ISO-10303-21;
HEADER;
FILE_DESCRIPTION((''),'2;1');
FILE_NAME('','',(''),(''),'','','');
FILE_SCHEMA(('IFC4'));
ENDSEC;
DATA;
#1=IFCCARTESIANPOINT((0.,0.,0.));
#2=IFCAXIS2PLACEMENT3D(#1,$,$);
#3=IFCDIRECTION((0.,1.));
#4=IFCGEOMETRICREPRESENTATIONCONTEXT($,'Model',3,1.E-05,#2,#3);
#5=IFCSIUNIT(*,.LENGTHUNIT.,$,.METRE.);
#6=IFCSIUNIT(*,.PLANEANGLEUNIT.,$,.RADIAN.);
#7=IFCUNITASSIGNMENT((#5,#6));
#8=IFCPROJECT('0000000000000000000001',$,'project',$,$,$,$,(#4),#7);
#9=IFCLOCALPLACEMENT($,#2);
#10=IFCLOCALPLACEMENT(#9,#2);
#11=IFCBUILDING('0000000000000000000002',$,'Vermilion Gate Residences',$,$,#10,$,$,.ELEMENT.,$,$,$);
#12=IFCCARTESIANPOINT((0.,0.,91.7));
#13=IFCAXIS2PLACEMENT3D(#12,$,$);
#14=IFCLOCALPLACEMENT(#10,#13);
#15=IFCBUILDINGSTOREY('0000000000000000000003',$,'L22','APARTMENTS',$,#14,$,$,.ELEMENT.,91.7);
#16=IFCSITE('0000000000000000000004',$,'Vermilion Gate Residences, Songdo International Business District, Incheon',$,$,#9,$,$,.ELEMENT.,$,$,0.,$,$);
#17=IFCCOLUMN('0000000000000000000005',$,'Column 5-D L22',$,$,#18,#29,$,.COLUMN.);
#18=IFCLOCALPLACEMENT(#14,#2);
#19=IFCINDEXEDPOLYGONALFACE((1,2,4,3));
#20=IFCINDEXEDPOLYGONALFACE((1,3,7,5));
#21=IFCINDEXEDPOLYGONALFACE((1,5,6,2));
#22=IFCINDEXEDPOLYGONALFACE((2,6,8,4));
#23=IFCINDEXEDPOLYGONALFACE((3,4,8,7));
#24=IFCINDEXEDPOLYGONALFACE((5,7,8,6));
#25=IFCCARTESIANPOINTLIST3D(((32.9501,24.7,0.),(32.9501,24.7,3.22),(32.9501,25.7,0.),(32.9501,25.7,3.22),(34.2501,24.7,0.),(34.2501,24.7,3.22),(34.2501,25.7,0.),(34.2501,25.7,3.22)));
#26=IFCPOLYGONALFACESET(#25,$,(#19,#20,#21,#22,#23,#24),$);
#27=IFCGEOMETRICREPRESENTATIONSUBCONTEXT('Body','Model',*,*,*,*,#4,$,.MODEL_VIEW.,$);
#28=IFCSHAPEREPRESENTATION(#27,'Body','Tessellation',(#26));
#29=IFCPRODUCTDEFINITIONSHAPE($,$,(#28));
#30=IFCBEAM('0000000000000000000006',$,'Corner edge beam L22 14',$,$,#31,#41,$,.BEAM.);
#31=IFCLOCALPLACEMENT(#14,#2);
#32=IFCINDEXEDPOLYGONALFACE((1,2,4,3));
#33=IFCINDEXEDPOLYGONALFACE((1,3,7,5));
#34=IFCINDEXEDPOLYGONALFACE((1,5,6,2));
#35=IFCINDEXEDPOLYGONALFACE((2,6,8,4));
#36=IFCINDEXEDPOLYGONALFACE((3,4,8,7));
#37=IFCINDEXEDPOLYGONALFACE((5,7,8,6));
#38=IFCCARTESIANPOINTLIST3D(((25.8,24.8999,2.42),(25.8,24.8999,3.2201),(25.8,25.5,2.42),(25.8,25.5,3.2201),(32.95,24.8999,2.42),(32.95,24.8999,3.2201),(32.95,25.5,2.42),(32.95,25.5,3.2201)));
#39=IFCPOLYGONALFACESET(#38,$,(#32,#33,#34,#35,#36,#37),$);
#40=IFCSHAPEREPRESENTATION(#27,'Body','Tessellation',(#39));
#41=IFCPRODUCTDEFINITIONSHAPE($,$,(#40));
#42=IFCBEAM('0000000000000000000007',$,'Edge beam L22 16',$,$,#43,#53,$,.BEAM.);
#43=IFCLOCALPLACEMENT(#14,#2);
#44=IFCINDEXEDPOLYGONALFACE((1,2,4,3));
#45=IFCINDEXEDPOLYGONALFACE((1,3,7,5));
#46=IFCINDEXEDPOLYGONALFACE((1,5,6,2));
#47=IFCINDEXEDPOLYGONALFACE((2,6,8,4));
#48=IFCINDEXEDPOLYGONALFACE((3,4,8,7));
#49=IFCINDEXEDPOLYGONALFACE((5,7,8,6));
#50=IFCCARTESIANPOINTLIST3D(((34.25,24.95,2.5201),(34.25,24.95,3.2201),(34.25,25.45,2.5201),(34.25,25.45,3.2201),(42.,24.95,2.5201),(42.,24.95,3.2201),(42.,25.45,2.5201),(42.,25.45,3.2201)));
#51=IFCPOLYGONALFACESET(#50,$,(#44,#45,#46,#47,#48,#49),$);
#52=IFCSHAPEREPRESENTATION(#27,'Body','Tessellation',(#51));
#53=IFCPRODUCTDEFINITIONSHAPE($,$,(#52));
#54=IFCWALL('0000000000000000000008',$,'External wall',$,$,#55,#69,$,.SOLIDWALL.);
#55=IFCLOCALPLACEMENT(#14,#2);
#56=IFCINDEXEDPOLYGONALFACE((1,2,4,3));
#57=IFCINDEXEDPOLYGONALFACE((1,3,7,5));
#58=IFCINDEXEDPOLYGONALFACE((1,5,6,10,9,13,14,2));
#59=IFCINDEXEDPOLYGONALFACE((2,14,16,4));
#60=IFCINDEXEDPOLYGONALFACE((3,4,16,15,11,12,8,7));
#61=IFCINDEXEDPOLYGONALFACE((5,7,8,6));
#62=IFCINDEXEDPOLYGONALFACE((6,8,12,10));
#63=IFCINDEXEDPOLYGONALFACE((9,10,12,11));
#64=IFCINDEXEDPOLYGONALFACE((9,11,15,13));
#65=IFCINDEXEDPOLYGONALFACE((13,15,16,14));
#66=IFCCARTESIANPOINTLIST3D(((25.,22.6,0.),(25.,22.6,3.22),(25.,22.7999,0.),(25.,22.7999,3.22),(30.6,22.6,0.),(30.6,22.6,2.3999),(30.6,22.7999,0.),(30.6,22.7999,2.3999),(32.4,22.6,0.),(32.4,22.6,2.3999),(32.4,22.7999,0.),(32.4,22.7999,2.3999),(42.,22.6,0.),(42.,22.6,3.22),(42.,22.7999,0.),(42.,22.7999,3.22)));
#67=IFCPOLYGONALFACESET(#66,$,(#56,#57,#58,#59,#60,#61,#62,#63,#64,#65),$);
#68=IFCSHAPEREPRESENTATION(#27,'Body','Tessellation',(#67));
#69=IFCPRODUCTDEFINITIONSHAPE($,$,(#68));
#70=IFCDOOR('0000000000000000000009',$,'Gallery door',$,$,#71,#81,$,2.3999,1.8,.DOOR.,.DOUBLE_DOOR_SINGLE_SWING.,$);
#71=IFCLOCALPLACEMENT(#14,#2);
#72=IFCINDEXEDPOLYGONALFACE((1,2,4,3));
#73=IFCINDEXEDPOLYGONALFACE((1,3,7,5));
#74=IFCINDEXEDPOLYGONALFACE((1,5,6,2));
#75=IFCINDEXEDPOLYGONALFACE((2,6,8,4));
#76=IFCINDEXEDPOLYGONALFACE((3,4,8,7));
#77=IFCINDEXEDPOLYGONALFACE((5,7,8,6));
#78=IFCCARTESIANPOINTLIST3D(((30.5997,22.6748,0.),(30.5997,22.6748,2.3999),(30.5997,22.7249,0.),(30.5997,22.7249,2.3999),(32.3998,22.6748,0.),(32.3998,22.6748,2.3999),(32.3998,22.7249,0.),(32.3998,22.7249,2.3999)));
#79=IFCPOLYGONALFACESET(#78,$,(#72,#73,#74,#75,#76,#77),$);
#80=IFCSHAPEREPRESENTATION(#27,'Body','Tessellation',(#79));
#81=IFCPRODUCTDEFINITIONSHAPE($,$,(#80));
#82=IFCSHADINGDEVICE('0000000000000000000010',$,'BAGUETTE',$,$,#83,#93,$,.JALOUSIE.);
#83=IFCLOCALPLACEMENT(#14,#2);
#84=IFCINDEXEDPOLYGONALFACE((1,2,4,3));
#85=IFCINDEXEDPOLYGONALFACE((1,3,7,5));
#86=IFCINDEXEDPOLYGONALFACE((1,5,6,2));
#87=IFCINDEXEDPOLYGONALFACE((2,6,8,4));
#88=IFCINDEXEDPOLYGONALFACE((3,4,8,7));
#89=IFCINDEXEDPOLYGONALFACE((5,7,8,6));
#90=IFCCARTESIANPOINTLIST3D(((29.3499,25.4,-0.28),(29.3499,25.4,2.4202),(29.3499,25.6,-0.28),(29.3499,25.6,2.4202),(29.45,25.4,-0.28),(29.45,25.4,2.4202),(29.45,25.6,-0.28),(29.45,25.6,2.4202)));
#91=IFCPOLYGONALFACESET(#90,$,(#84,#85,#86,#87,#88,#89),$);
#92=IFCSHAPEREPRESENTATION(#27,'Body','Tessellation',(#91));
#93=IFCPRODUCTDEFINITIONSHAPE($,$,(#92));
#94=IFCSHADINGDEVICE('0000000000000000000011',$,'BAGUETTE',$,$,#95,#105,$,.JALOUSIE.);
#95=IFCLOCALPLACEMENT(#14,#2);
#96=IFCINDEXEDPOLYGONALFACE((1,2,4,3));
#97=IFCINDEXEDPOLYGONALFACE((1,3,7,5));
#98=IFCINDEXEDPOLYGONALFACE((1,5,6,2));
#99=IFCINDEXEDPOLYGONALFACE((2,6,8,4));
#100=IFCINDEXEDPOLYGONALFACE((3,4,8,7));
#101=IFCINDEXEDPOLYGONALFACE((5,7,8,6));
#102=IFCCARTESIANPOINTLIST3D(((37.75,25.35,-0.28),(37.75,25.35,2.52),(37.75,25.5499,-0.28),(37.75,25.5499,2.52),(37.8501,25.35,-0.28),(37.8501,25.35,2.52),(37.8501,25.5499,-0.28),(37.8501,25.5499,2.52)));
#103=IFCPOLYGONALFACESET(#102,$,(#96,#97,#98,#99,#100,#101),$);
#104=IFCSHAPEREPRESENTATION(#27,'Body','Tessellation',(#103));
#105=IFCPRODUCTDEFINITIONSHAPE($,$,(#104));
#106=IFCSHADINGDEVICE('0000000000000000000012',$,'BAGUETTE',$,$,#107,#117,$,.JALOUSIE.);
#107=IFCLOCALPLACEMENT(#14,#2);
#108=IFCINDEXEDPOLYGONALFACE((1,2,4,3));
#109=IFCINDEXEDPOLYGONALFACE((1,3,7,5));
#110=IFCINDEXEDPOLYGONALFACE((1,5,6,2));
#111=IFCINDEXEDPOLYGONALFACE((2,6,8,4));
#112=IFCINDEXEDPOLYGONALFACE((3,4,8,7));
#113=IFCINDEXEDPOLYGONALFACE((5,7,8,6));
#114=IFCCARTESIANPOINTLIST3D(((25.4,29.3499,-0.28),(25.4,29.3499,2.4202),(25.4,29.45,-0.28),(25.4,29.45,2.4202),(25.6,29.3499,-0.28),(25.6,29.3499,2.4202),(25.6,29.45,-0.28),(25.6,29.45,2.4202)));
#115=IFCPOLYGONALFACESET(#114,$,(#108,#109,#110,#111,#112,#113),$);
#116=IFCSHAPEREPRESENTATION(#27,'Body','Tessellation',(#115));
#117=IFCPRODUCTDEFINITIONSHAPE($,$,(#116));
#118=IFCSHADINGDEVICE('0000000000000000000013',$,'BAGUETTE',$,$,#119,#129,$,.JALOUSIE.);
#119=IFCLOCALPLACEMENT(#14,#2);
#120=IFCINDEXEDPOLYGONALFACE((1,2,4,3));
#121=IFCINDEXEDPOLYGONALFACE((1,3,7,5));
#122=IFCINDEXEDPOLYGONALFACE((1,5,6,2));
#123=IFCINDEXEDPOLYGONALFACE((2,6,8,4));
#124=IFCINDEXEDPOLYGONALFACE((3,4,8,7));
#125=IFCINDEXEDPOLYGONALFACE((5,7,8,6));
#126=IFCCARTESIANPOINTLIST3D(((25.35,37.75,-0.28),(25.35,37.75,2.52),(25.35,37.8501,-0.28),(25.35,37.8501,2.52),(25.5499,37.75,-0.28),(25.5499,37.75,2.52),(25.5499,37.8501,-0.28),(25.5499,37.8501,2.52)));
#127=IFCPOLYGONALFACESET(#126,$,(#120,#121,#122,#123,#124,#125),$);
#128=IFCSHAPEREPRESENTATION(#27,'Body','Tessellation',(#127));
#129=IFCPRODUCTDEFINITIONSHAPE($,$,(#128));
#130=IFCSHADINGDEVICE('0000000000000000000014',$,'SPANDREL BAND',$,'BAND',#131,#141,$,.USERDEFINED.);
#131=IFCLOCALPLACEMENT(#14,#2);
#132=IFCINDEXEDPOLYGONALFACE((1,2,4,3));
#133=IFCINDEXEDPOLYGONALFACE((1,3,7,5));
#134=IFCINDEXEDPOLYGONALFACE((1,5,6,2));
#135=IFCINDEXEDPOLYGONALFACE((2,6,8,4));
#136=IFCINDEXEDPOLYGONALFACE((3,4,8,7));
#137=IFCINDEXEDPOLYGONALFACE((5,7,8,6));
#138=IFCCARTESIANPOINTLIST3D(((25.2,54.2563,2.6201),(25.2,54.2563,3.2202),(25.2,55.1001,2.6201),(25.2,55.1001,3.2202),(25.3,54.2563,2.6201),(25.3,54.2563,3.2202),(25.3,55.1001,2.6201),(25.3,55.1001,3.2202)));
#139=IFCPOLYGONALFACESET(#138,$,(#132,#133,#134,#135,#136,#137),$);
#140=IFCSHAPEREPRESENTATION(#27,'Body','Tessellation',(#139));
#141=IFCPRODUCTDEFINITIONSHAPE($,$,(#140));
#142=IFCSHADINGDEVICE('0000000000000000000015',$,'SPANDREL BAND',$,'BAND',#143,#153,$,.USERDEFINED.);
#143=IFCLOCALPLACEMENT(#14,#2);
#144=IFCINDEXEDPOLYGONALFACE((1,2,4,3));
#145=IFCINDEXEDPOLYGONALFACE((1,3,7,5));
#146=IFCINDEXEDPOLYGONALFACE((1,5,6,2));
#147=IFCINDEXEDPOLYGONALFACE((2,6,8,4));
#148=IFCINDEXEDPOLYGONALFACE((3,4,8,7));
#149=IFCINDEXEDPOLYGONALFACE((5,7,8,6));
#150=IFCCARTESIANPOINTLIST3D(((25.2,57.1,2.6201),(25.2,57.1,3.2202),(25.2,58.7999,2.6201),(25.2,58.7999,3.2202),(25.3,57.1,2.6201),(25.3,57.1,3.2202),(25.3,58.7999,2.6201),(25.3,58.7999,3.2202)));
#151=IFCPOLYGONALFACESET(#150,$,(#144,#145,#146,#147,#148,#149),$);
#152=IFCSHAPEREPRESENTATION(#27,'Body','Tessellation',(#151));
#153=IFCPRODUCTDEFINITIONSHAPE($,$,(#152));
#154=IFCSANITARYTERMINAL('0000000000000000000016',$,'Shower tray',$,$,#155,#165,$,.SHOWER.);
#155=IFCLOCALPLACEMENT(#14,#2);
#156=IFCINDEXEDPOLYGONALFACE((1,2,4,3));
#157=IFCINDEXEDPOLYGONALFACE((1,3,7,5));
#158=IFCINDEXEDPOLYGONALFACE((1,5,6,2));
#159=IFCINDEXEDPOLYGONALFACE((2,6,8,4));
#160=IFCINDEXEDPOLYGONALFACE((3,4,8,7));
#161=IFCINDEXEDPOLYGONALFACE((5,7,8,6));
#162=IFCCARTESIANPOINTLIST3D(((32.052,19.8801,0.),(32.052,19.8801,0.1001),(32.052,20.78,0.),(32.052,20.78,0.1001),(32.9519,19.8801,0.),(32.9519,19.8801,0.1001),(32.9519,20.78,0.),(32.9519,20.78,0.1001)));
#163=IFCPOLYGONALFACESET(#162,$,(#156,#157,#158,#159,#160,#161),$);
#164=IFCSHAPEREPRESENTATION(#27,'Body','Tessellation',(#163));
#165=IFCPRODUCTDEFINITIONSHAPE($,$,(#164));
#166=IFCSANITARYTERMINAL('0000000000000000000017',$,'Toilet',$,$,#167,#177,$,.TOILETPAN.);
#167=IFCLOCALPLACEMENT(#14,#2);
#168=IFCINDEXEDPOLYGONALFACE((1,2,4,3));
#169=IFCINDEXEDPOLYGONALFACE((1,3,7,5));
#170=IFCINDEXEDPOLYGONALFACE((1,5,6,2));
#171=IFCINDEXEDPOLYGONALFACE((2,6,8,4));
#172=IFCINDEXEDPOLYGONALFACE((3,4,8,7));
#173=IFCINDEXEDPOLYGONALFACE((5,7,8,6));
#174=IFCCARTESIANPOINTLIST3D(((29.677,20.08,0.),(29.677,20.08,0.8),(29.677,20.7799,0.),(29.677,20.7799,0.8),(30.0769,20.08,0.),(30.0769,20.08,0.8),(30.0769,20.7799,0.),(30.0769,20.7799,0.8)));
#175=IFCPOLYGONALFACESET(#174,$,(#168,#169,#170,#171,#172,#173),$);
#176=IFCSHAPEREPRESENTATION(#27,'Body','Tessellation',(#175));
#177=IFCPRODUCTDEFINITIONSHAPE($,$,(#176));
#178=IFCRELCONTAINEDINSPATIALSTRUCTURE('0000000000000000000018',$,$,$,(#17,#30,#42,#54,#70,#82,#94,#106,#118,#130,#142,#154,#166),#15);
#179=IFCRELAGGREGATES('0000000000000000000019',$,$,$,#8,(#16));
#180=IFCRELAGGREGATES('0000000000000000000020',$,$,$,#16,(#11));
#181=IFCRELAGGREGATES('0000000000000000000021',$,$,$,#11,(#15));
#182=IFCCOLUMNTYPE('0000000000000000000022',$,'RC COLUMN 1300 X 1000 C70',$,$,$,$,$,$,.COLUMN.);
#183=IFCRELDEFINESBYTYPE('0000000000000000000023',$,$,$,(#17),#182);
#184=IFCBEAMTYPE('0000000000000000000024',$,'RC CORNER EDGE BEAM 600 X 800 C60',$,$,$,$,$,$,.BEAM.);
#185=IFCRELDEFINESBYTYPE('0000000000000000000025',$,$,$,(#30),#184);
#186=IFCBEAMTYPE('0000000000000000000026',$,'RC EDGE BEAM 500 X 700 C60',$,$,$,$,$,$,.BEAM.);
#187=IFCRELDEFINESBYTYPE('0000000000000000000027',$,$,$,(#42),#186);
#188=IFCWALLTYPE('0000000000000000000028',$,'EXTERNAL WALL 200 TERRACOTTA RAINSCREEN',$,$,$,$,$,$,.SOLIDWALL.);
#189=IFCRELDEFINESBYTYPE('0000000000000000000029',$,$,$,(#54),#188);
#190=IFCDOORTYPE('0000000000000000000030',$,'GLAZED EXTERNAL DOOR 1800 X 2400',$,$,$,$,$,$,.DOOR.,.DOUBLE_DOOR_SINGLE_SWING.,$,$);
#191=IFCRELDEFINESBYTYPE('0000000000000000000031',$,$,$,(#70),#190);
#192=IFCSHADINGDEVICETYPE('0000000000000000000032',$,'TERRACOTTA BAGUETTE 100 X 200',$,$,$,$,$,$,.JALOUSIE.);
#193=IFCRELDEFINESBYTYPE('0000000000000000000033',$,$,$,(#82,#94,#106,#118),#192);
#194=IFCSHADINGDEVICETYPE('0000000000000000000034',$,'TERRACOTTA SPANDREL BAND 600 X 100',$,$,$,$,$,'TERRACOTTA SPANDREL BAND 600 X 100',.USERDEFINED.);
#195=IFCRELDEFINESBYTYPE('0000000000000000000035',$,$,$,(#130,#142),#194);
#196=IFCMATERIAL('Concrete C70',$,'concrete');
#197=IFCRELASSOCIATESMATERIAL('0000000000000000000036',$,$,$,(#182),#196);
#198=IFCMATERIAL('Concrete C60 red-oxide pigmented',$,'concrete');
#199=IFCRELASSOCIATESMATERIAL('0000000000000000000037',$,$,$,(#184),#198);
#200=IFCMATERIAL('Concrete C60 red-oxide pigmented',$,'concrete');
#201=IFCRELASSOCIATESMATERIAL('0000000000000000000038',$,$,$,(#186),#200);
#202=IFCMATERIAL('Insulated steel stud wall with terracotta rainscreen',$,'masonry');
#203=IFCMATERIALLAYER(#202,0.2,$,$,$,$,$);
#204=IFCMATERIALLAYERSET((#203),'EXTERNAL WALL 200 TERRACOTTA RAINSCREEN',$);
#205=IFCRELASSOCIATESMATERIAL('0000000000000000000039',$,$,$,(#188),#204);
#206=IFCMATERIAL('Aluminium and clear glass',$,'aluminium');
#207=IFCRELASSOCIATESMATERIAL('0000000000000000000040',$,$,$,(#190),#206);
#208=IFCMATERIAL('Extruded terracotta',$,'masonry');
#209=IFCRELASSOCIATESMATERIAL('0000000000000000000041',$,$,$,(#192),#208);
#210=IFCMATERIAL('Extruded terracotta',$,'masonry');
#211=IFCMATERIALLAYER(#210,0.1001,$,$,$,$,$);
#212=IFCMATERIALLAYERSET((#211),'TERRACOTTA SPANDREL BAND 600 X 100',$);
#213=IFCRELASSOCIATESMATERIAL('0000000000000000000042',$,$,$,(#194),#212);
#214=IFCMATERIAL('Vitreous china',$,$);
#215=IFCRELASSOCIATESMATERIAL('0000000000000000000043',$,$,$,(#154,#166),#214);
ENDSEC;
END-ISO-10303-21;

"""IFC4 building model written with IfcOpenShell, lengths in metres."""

from ifc_helpers import new_model, si_unit, direction, frame, frame_2d, origin, origin_2d, place, context, subcontext, project, spatial, rectangle, extrude, material, layer, layer_set, material_profile, profile_set, type_object, element, fill, save


model = new_model("IFC4")

# Units and contexts
model_context = context("Model", 3, precision=1e-05, world=origin(), true_north=direction((0.0, 1.0)))
body_context = subcontext(model_context, "Body", "Model", "MODEL_VIEW")
ifc_project = project(units=[si_unit("LENGTHUNIT", "METRE"), si_unit("PLANEANGLEUNIT", "RADIAN")], contexts=[model_context])

# Site, building, storey
site_placement = place(None, origin())
site = spatial("IfcSite", under=ifc_project, at=site_placement, Name="Vermilion Gate Residences, Songdo International Business District, Incheon", CompositionType="ELEMENT", RefElevation=0.0)
building_placement = place(site_placement, origin())
building = spatial("IfcBuilding", under=site, at=building_placement, Name="Vermilion Gate Residences", CompositionType="ELEMENT")
storey_placement = place(building_placement, frame((0.0, 0.0, 91.7)))
storey = spatial("IfcBuildingStorey", under=building, at=storey_placement, Name="L22", Description="APARTMENTS", CompositionType="ELEMENT", Elevation=91.7)

# Column
ifc_material_1 = material(Name="Concrete C70", Category="concrete")
ifc_material_profile_1 = material_profile(ifc_material_1, rectangle(XDim=1.3, YDim=1.0, at=origin_2d()), Name="RC-1300x1000")
ifc_profile_set_1 = profile_set([ifc_material_profile_1], Name="Concrete C70")
column_type = type_object("IfcColumnType", Name="RC COLUMN 1300 X 1000 C70", PredefinedType="COLUMN", material=ifc_profile_set_1)
column_placement = place(storey_placement, frame((33.6001, 25.2, 0.0), z_axis=(0.0, 0.0, 1.0), x_axis=(1.0, 0.0, 0.0)))
element("IfcColumn", 1, at=column_placement, inside=storey, type_object=column_type, Name="Column 5-D L22", PredefinedType="COLUMN", context=body_context, shape_type="SweptSolid", body=[
    extrude(rectangle(XDim=1.3, YDim=1.0, at=origin_2d()), origin(), (0.0, 0.0, 1.0), 3.22),
])

# Beams
ifc_material_2 = material(Name="Concrete C60 red-oxide pigmented", Category="concrete")
ifc_material_profile_2 = material_profile(ifc_material_2, rectangle(XDim=0.6001, YDim=0.8, at=origin_2d()), Name="RC-600x800")
ifc_profile_set_2 = profile_set([ifc_material_profile_2], Name="Concrete C60 red-oxide pigmented")
beam_type_1 = type_object("IfcBeamType", Name="RC CORNER EDGE BEAM 600 X 800 C60", PredefinedType="BEAM", material=ifc_profile_set_2)
beam_1_placement = place(storey_placement, frame((25.8, 25.2, 2.8201), z_axis=(1.0, 0.0, 0.0), x_axis=(0.0, 1.0, 0.0)))
element("IfcBeam", 2, at=beam_1_placement, inside=storey, type_object=beam_type_1, Name="Corner edge beam L22 14", PredefinedType="BEAM", context=body_context, shape_type="SweptSolid", body=[
    extrude(rectangle(XDim=0.6001, YDim=0.8, at=origin_2d()), origin(), (0.0, 0.0, 1.0), 7.1499),
])
ifc_material_3 = material(Name="Concrete C60 red-oxide pigmented", Category="concrete")
ifc_material_profile_3 = material_profile(ifc_material_3, rectangle(XDim=0.5, YDim=0.7, at=origin_2d()), Name="RC-500x700")
ifc_profile_set_3 = profile_set([ifc_material_profile_3], Name="Concrete C60 red-oxide pigmented")
beam_type_2 = type_object("IfcBeamType", Name="RC EDGE BEAM 500 X 700 C60", PredefinedType="BEAM", material=ifc_profile_set_3)
beam_2_placement = place(storey_placement, frame((34.25, 25.2, 2.8701), z_axis=(1.0, 0.0, 0.0), x_axis=(0.0, 1.0, 0.0)))
element("IfcBeam", 3, at=beam_2_placement, inside=storey, type_object=beam_type_2, Name="Edge beam L22 16", PredefinedType="BEAM", context=body_context, shape_type="SweptSolid", body=[
    extrude(rectangle(XDim=0.5, YDim=0.7, at=origin_2d()), origin(), (0.0, 0.0, 1.0), 7.75),
])

# Wall, opening, door
ifc_material_4 = material(Name="Insulated steel stud wall with terracotta rainscreen", Category="masonry")
ifc_layer_1 = layer(ifc_material_4, 0.2)
ifc_layer_set_1 = layer_set([ifc_layer_1], Name="EXTERNAL WALL 200 TERRACOTTA RAINSCREEN")
wall_type = type_object("IfcWallType", Name="EXTERNAL WALL 200 TERRACOTTA RAINSCREEN", PredefinedType="SOLIDWALL", material=ifc_layer_set_1)
wall_placement = place(storey_placement, frame((42.0, 22.7, 0.0), z_axis=(0.0, 0.0, 1.0), x_axis=(-1.0, 0.0, 0.0)))
wall = element("IfcWall", 4, at=wall_placement, inside=storey, type_object=wall_type, Name="External wall", PredefinedType="SOLIDWALL", context=body_context, shape_type="SweptSolid", body=[
    extrude(rectangle(XDim=17.0, YDim=0.2, at=frame_2d((8.5, 0.0))), origin(), (0.0, 0.0, 1.0), 3.22),
])
opening_placement = place(wall_placement, frame((9.6001, 0.0, 0.0)))
opening = element("IfcOpeningElement", 5, at=opening_placement, cuts=wall, PredefinedType="OPENING", context=body_context, shape_type="SweptSolid", body=[
    extrude(rectangle(XDim=1.8, YDim=2.3999, at=frame_2d((0.8999, 1.2))), frame((0.0, 0.1099, 0.0), z_axis=(0.0, -1.0, 0.0), x_axis=(1.0, 0.0, 0.0)), (0.0, 0.0, 1.0), 0.22),
])
ifc_material_5 = material(Name="Aluminium and clear glass", Category="aluminium")
door_type = type_object("IfcDoorType", Name="GLAZED EXTERNAL DOOR 1800 X 2400", OperationType="DOUBLE_DOOR_SINGLE_SWING", PredefinedType="DOOR", material=ifc_material_5)
door_placement = place(opening_placement, frame((1.8, 0.0, 0.0), z_axis=(0.0, 0.0, 1.0), x_axis=(-1.0, 0.0, 0.0)))
door = element("IfcDoor", 6, at=door_placement, inside=storey, type_object=door_type, Name="Gallery door", OperationType="DOUBLE_DOOR_SINGLE_SWING", OverallHeight=2.3999, OverallWidth=1.8, PredefinedType="DOOR", context=body_context, shape_type="SweptSolid", body=[
    extrude(rectangle(XDim=1.8, YDim=2.3999, at=frame_2d((0.8999, 1.2))), frame((0.0, 0.0249, 0.0), z_axis=(0.0, -1.0, 0.0), x_axis=(1.0, 0.0, 0.0)), (0.0, 0.0, 1.0), 0.05),
])
fill(opening, door)

# Shading devices
ifc_material_6 = material(Name="Extruded terracotta", Category="masonry")
ifc_material_profile_4 = material_profile(ifc_material_6, rectangle(XDim=0.2, YDim=0.1001, at=origin_2d()), Name="BAGUETTE 100 X 200")
ifc_profile_set_4 = profile_set([ifc_material_profile_4], Name="Extruded terracotta")
shading_device_type_1 = type_object("IfcShadingDeviceType", Name="TERRACOTTA BAGUETTE 100 X 200", PredefinedType="JALOUSIE", material=ifc_profile_set_4)
shading_device_1_placement = place(storey_placement, frame((29.3999, 25.5, -0.28), z_axis=(0.0, 0.0, 1.0), x_axis=(0.0, -1.0, 0.0)))
element("IfcShadingDevice", 7, at=shading_device_1_placement, inside=storey, type_object=shading_device_type_1, Name="BAGUETTE", PredefinedType="JALOUSIE", context=body_context, shape_type="SweptSolid", body=[
    extrude(rectangle(XDim=0.2, YDim=0.1001, at=origin_2d()), origin(), (0.0, 0.0, 1.0), 2.7002),
])
shading_device_2_placement = place(storey_placement, frame((37.8, 25.45, -0.28), z_axis=(0.0, 0.0, 1.0), x_axis=(0.0, -1.0, 0.0)))
element("IfcShadingDevice", 8, at=shading_device_2_placement, inside=storey, type_object=shading_device_type_1, Name="BAGUETTE", PredefinedType="JALOUSIE", context=body_context, shape_type="SweptSolid", body=[
    extrude(rectangle(XDim=0.2, YDim=0.1001, at=origin_2d()), origin(), (0.0, 0.0, 1.0), 2.8),
])
shading_device_3_placement = place(storey_placement, frame((25.5, 29.3999, -0.28), z_axis=(0.0, 0.0, 1.0), x_axis=(-1.0, 0.0, 0.0)))
element("IfcShadingDevice", 9, at=shading_device_3_placement, inside=storey, type_object=shading_device_type_1, Name="BAGUETTE", PredefinedType="JALOUSIE", context=body_context, shape_type="SweptSolid", body=[
    extrude(rectangle(XDim=0.2, YDim=0.1001, at=origin_2d()), origin(), (0.0, 0.0, 1.0), 2.7002),
])
shading_device_4_placement = place(storey_placement, frame((25.45, 37.8, -0.28), z_axis=(0.0, 0.0, 1.0), x_axis=(-1.0, 0.0, 0.0)))
element("IfcShadingDevice", 10, at=shading_device_4_placement, inside=storey, type_object=shading_device_type_1, Name="BAGUETTE", PredefinedType="JALOUSIE", context=body_context, shape_type="SweptSolid", body=[
    extrude(rectangle(XDim=0.2, YDim=0.1001, at=origin_2d()), origin(), (0.0, 0.0, 1.0), 2.8),
])
ifc_material_7 = material(Name="Extruded terracotta", Category="masonry")
ifc_layer_2 = layer(ifc_material_7, 0.1001)
ifc_layer_set_2 = layer_set([ifc_layer_2], Name="TERRACOTTA SPANDREL BAND 600 X 100")
shading_device_type_2 = type_object("IfcShadingDeviceType", Name="TERRACOTTA SPANDREL BAND 600 X 100", ElementType="TERRACOTTA SPANDREL BAND 600 X 100", PredefinedType="USERDEFINED", material=ifc_layer_set_2)
shading_device_5_placement = place(storey_placement, frame((25.25, 54.6782, 2.6201), z_axis=(0.0, 0.0, 1.0), x_axis=(0.0, 1.0, 0.0)))
element("IfcShadingDevice", 11, at=shading_device_5_placement, inside=storey, type_object=shading_device_type_2, Name="SPANDREL BAND", ObjectType="BAND", PredefinedType="USERDEFINED", context=body_context, shape_type="SweptSolid", body=[
    extrude(rectangle(XDim=0.8438, YDim=0.1001, at=origin_2d()), origin(), (0.0, 0.0, 1.0), 0.6001),
])
shading_device_6_placement = place(storey_placement, frame((25.25, 57.95, 2.6201), z_axis=(0.0, 0.0, 1.0), x_axis=(0.0, 1.0, 0.0)))
element("IfcShadingDevice", 12, at=shading_device_6_placement, inside=storey, type_object=shading_device_type_2, Name="SPANDREL BAND", ObjectType="BAND", PredefinedType="USERDEFINED", context=body_context, shape_type="SweptSolid", body=[
    extrude(rectangle(XDim=1.7, YDim=0.1001, at=origin_2d()), origin(), (0.0, 0.0, 1.0), 0.6001),
])

# Sanitary terminals
ifc_material_8 = material(Name="Vitreous china")
sanitary_terminal_1_placement = place(storey_placement, frame((32.502, 20.3301, 0.0), z_axis=(0.0, 0.0, 1.0), x_axis=(1.0, 0.0, 0.0)))
element("IfcSanitaryTerminal", 13, at=sanitary_terminal_1_placement, inside=storey, material=ifc_material_8, Name="Shower tray", PredefinedType="SHOWER", context=body_context, shape_type="SweptSolid", body=[
    extrude(rectangle(XDim=0.8999, YDim=0.8999, at=origin_2d()), origin(), (0.0, 0.0, 1.0), 0.1001),
])
sanitary_terminal_2_placement = place(storey_placement, frame((29.877, 20.4299, 0.0), z_axis=(0.0, 0.0, 1.0), x_axis=(1.0, 0.0, 0.0)))
element("IfcSanitaryTerminal", 14, at=sanitary_terminal_2_placement, inside=storey, material=ifc_material_8, Name="Toilet", PredefinedType="TOILETPAN", context=body_context, shape_type="SweptSolid", body=[
    extrude(rectangle(XDim=0.3999, YDim=0.7, at=origin_2d()), origin(), (0.0, 0.0, 1.0), 0.8),
])

save(model, "model.ifc")
